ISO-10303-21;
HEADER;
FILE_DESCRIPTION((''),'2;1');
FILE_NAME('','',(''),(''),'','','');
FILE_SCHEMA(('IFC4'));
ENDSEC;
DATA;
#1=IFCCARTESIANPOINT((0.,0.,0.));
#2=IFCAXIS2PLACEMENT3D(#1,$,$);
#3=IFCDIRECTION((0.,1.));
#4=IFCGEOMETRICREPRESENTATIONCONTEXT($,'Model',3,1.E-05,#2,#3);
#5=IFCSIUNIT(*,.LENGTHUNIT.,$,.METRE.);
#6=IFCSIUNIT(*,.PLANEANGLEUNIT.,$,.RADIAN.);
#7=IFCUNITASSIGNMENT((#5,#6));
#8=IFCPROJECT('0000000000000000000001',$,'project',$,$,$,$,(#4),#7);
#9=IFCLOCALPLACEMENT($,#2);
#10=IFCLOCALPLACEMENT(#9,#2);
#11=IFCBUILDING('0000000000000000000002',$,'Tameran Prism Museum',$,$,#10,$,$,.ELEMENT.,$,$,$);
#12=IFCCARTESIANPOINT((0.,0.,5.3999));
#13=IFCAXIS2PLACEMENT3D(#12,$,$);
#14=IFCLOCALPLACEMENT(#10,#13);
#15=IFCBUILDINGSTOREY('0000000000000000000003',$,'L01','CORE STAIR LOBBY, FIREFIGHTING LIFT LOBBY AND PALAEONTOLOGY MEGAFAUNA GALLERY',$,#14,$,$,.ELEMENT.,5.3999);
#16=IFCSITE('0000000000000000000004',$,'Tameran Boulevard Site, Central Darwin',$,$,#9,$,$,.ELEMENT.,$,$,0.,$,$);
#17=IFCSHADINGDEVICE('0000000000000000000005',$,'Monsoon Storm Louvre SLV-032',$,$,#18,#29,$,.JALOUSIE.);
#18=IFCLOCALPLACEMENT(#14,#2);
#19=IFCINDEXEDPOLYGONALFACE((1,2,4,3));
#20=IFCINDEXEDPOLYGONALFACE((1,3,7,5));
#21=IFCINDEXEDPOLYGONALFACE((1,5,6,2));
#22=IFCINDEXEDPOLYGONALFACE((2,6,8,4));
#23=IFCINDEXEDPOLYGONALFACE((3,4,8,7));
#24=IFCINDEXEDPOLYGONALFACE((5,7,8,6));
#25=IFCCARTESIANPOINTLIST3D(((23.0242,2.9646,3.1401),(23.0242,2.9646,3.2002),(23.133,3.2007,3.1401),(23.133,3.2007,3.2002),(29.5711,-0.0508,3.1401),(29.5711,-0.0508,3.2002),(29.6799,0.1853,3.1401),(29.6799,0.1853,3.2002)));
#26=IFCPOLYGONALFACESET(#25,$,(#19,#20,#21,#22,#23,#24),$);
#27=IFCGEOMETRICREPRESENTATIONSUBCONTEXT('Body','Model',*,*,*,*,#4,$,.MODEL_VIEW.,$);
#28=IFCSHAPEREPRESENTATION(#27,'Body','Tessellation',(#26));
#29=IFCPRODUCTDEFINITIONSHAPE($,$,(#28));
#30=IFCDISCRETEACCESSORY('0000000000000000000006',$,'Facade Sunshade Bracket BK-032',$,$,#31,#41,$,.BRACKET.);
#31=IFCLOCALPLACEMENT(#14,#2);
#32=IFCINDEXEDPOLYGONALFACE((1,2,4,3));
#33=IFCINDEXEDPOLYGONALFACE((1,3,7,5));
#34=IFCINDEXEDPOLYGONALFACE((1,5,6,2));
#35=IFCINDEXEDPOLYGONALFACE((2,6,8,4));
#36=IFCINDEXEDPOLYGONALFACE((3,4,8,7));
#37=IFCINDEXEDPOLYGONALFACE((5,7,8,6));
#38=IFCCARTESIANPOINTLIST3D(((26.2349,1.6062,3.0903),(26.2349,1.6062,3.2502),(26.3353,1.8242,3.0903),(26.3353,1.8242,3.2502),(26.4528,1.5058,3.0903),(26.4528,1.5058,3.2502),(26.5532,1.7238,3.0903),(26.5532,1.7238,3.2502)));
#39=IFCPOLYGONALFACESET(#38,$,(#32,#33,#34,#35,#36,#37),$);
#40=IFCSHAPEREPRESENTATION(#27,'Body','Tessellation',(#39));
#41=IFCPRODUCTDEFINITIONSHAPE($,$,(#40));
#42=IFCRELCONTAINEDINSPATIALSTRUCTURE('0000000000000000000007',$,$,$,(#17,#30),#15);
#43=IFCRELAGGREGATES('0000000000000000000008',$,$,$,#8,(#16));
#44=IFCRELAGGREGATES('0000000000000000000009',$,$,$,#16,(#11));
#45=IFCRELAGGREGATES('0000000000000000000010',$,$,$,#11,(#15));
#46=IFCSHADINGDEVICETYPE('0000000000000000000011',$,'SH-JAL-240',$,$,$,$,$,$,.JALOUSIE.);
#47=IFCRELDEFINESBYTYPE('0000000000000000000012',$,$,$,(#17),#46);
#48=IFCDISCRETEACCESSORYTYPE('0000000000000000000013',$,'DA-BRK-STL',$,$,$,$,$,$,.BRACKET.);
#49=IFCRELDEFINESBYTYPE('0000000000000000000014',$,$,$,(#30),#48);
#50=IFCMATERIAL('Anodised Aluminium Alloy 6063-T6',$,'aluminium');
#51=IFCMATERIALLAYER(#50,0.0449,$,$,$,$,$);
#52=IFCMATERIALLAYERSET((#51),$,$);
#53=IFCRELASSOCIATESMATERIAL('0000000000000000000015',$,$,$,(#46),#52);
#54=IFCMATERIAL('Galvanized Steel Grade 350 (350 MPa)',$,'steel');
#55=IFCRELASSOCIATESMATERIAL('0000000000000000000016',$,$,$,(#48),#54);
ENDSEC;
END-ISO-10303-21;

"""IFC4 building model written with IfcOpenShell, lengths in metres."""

from ifc_helpers import new_model, si_unit, direction, frame, origin, origin_2d, place, context, subcontext, project, spatial, rectangle, extrude, material, layer, layer_set, type_object, element, save


model = new_model("IFC4")

# Units and contexts
model_context = context("Model", 3, precision=1e-05, world=origin(), true_north=direction((0.0, 1.0)))
body_context = subcontext(model_context, "Body", "Model", "MODEL_VIEW")
ifc_project = project(units=[si_unit("LENGTHUNIT", "METRE"), si_unit("PLANEANGLEUNIT", "RADIAN")], contexts=[model_context])

# Site, building, storey
site_placement = place(None, origin())
site = spatial("IfcSite", under=ifc_project, at=site_placement, Name="Tameran Boulevard Site, Central Darwin", CompositionType="ELEMENT", RefElevation=0.0)
building_placement = place(site_placement, origin())
building = spatial("IfcBuilding", under=site, at=building_placement, Name="Tameran Prism Museum", CompositionType="ELEMENT")
storey_placement = place(building_placement, frame((0.0, 0.0, 5.3999)))
storey = spatial("IfcBuildingStorey", under=building, at=storey_placement, Name="L01", Description="CORE STAIR LOBBY, FIREFIGHTING LIFT LOBBY AND PALAEONTOLOGY MEGAFAUNA GALLERY", CompositionType="ELEMENT", Elevation=5.3999)

# Shading device
ifc_material_1 = material(Name="Anodised Aluminium Alloy 6063-T6", Category="aluminium")
ifc_layer_1 = layer(ifc_material_1, 0.0449)
ifc_layer_set_1 = layer_set([ifc_layer_1])
shading_device_type = type_object("IfcShadingDeviceType", Name="SH-JAL-240", PredefinedType="JALOUSIE", material=ifc_layer_set_1)
shading_device_placement = place(storey_placement, frame((26.3521, 1.575, 3.1401), z_axis=(0.0, 0.0, 1.0), x_axis=(-0.908289, 0.418343, 0.0)))
element("IfcShadingDevice", 1, at=shading_device_placement, inside=storey, type_object=shading_device_type, Name="Monsoon Storm Louvre SLV-032", PredefinedType="JALOUSIE", context=body_context, shape_type="SweptSolid", body=[
    extrude(rectangle(XDim=7.208, YDim=0.26, at=origin_2d()), origin(), (0.0, 0.0, 1.0), 0.0601),
])

# Discrete accessory
ifc_material_2 = material(Name="Galvanized Steel Grade 350 (350 MPa)", Category="steel")
discrete_accessory_type = type_object("IfcDiscreteAccessoryType", Name="DA-BRK-STL", PredefinedType="BRACKET", material=ifc_material_2)
discrete_accessory_placement = place(storey_placement, frame((26.394, 1.665, 3.0903), z_axis=(0.0, 0.0, 1.0), x_axis=(-0.908289, 0.418343, 0.0)))
element("IfcDiscreteAccessory", 2, at=discrete_accessory_placement, inside=storey, type_object=discrete_accessory_type, Name="Facade Sunshade Bracket BK-032", PredefinedType="BRACKET", context=body_context, shape_type="SweptSolid", body=[
    extrude(rectangle(XDim=0.24, YDim=0.24, at=origin_2d()), origin(), (0.0, 0.0, 1.0), 0.1599),
])

save(model, "model.ifc")
